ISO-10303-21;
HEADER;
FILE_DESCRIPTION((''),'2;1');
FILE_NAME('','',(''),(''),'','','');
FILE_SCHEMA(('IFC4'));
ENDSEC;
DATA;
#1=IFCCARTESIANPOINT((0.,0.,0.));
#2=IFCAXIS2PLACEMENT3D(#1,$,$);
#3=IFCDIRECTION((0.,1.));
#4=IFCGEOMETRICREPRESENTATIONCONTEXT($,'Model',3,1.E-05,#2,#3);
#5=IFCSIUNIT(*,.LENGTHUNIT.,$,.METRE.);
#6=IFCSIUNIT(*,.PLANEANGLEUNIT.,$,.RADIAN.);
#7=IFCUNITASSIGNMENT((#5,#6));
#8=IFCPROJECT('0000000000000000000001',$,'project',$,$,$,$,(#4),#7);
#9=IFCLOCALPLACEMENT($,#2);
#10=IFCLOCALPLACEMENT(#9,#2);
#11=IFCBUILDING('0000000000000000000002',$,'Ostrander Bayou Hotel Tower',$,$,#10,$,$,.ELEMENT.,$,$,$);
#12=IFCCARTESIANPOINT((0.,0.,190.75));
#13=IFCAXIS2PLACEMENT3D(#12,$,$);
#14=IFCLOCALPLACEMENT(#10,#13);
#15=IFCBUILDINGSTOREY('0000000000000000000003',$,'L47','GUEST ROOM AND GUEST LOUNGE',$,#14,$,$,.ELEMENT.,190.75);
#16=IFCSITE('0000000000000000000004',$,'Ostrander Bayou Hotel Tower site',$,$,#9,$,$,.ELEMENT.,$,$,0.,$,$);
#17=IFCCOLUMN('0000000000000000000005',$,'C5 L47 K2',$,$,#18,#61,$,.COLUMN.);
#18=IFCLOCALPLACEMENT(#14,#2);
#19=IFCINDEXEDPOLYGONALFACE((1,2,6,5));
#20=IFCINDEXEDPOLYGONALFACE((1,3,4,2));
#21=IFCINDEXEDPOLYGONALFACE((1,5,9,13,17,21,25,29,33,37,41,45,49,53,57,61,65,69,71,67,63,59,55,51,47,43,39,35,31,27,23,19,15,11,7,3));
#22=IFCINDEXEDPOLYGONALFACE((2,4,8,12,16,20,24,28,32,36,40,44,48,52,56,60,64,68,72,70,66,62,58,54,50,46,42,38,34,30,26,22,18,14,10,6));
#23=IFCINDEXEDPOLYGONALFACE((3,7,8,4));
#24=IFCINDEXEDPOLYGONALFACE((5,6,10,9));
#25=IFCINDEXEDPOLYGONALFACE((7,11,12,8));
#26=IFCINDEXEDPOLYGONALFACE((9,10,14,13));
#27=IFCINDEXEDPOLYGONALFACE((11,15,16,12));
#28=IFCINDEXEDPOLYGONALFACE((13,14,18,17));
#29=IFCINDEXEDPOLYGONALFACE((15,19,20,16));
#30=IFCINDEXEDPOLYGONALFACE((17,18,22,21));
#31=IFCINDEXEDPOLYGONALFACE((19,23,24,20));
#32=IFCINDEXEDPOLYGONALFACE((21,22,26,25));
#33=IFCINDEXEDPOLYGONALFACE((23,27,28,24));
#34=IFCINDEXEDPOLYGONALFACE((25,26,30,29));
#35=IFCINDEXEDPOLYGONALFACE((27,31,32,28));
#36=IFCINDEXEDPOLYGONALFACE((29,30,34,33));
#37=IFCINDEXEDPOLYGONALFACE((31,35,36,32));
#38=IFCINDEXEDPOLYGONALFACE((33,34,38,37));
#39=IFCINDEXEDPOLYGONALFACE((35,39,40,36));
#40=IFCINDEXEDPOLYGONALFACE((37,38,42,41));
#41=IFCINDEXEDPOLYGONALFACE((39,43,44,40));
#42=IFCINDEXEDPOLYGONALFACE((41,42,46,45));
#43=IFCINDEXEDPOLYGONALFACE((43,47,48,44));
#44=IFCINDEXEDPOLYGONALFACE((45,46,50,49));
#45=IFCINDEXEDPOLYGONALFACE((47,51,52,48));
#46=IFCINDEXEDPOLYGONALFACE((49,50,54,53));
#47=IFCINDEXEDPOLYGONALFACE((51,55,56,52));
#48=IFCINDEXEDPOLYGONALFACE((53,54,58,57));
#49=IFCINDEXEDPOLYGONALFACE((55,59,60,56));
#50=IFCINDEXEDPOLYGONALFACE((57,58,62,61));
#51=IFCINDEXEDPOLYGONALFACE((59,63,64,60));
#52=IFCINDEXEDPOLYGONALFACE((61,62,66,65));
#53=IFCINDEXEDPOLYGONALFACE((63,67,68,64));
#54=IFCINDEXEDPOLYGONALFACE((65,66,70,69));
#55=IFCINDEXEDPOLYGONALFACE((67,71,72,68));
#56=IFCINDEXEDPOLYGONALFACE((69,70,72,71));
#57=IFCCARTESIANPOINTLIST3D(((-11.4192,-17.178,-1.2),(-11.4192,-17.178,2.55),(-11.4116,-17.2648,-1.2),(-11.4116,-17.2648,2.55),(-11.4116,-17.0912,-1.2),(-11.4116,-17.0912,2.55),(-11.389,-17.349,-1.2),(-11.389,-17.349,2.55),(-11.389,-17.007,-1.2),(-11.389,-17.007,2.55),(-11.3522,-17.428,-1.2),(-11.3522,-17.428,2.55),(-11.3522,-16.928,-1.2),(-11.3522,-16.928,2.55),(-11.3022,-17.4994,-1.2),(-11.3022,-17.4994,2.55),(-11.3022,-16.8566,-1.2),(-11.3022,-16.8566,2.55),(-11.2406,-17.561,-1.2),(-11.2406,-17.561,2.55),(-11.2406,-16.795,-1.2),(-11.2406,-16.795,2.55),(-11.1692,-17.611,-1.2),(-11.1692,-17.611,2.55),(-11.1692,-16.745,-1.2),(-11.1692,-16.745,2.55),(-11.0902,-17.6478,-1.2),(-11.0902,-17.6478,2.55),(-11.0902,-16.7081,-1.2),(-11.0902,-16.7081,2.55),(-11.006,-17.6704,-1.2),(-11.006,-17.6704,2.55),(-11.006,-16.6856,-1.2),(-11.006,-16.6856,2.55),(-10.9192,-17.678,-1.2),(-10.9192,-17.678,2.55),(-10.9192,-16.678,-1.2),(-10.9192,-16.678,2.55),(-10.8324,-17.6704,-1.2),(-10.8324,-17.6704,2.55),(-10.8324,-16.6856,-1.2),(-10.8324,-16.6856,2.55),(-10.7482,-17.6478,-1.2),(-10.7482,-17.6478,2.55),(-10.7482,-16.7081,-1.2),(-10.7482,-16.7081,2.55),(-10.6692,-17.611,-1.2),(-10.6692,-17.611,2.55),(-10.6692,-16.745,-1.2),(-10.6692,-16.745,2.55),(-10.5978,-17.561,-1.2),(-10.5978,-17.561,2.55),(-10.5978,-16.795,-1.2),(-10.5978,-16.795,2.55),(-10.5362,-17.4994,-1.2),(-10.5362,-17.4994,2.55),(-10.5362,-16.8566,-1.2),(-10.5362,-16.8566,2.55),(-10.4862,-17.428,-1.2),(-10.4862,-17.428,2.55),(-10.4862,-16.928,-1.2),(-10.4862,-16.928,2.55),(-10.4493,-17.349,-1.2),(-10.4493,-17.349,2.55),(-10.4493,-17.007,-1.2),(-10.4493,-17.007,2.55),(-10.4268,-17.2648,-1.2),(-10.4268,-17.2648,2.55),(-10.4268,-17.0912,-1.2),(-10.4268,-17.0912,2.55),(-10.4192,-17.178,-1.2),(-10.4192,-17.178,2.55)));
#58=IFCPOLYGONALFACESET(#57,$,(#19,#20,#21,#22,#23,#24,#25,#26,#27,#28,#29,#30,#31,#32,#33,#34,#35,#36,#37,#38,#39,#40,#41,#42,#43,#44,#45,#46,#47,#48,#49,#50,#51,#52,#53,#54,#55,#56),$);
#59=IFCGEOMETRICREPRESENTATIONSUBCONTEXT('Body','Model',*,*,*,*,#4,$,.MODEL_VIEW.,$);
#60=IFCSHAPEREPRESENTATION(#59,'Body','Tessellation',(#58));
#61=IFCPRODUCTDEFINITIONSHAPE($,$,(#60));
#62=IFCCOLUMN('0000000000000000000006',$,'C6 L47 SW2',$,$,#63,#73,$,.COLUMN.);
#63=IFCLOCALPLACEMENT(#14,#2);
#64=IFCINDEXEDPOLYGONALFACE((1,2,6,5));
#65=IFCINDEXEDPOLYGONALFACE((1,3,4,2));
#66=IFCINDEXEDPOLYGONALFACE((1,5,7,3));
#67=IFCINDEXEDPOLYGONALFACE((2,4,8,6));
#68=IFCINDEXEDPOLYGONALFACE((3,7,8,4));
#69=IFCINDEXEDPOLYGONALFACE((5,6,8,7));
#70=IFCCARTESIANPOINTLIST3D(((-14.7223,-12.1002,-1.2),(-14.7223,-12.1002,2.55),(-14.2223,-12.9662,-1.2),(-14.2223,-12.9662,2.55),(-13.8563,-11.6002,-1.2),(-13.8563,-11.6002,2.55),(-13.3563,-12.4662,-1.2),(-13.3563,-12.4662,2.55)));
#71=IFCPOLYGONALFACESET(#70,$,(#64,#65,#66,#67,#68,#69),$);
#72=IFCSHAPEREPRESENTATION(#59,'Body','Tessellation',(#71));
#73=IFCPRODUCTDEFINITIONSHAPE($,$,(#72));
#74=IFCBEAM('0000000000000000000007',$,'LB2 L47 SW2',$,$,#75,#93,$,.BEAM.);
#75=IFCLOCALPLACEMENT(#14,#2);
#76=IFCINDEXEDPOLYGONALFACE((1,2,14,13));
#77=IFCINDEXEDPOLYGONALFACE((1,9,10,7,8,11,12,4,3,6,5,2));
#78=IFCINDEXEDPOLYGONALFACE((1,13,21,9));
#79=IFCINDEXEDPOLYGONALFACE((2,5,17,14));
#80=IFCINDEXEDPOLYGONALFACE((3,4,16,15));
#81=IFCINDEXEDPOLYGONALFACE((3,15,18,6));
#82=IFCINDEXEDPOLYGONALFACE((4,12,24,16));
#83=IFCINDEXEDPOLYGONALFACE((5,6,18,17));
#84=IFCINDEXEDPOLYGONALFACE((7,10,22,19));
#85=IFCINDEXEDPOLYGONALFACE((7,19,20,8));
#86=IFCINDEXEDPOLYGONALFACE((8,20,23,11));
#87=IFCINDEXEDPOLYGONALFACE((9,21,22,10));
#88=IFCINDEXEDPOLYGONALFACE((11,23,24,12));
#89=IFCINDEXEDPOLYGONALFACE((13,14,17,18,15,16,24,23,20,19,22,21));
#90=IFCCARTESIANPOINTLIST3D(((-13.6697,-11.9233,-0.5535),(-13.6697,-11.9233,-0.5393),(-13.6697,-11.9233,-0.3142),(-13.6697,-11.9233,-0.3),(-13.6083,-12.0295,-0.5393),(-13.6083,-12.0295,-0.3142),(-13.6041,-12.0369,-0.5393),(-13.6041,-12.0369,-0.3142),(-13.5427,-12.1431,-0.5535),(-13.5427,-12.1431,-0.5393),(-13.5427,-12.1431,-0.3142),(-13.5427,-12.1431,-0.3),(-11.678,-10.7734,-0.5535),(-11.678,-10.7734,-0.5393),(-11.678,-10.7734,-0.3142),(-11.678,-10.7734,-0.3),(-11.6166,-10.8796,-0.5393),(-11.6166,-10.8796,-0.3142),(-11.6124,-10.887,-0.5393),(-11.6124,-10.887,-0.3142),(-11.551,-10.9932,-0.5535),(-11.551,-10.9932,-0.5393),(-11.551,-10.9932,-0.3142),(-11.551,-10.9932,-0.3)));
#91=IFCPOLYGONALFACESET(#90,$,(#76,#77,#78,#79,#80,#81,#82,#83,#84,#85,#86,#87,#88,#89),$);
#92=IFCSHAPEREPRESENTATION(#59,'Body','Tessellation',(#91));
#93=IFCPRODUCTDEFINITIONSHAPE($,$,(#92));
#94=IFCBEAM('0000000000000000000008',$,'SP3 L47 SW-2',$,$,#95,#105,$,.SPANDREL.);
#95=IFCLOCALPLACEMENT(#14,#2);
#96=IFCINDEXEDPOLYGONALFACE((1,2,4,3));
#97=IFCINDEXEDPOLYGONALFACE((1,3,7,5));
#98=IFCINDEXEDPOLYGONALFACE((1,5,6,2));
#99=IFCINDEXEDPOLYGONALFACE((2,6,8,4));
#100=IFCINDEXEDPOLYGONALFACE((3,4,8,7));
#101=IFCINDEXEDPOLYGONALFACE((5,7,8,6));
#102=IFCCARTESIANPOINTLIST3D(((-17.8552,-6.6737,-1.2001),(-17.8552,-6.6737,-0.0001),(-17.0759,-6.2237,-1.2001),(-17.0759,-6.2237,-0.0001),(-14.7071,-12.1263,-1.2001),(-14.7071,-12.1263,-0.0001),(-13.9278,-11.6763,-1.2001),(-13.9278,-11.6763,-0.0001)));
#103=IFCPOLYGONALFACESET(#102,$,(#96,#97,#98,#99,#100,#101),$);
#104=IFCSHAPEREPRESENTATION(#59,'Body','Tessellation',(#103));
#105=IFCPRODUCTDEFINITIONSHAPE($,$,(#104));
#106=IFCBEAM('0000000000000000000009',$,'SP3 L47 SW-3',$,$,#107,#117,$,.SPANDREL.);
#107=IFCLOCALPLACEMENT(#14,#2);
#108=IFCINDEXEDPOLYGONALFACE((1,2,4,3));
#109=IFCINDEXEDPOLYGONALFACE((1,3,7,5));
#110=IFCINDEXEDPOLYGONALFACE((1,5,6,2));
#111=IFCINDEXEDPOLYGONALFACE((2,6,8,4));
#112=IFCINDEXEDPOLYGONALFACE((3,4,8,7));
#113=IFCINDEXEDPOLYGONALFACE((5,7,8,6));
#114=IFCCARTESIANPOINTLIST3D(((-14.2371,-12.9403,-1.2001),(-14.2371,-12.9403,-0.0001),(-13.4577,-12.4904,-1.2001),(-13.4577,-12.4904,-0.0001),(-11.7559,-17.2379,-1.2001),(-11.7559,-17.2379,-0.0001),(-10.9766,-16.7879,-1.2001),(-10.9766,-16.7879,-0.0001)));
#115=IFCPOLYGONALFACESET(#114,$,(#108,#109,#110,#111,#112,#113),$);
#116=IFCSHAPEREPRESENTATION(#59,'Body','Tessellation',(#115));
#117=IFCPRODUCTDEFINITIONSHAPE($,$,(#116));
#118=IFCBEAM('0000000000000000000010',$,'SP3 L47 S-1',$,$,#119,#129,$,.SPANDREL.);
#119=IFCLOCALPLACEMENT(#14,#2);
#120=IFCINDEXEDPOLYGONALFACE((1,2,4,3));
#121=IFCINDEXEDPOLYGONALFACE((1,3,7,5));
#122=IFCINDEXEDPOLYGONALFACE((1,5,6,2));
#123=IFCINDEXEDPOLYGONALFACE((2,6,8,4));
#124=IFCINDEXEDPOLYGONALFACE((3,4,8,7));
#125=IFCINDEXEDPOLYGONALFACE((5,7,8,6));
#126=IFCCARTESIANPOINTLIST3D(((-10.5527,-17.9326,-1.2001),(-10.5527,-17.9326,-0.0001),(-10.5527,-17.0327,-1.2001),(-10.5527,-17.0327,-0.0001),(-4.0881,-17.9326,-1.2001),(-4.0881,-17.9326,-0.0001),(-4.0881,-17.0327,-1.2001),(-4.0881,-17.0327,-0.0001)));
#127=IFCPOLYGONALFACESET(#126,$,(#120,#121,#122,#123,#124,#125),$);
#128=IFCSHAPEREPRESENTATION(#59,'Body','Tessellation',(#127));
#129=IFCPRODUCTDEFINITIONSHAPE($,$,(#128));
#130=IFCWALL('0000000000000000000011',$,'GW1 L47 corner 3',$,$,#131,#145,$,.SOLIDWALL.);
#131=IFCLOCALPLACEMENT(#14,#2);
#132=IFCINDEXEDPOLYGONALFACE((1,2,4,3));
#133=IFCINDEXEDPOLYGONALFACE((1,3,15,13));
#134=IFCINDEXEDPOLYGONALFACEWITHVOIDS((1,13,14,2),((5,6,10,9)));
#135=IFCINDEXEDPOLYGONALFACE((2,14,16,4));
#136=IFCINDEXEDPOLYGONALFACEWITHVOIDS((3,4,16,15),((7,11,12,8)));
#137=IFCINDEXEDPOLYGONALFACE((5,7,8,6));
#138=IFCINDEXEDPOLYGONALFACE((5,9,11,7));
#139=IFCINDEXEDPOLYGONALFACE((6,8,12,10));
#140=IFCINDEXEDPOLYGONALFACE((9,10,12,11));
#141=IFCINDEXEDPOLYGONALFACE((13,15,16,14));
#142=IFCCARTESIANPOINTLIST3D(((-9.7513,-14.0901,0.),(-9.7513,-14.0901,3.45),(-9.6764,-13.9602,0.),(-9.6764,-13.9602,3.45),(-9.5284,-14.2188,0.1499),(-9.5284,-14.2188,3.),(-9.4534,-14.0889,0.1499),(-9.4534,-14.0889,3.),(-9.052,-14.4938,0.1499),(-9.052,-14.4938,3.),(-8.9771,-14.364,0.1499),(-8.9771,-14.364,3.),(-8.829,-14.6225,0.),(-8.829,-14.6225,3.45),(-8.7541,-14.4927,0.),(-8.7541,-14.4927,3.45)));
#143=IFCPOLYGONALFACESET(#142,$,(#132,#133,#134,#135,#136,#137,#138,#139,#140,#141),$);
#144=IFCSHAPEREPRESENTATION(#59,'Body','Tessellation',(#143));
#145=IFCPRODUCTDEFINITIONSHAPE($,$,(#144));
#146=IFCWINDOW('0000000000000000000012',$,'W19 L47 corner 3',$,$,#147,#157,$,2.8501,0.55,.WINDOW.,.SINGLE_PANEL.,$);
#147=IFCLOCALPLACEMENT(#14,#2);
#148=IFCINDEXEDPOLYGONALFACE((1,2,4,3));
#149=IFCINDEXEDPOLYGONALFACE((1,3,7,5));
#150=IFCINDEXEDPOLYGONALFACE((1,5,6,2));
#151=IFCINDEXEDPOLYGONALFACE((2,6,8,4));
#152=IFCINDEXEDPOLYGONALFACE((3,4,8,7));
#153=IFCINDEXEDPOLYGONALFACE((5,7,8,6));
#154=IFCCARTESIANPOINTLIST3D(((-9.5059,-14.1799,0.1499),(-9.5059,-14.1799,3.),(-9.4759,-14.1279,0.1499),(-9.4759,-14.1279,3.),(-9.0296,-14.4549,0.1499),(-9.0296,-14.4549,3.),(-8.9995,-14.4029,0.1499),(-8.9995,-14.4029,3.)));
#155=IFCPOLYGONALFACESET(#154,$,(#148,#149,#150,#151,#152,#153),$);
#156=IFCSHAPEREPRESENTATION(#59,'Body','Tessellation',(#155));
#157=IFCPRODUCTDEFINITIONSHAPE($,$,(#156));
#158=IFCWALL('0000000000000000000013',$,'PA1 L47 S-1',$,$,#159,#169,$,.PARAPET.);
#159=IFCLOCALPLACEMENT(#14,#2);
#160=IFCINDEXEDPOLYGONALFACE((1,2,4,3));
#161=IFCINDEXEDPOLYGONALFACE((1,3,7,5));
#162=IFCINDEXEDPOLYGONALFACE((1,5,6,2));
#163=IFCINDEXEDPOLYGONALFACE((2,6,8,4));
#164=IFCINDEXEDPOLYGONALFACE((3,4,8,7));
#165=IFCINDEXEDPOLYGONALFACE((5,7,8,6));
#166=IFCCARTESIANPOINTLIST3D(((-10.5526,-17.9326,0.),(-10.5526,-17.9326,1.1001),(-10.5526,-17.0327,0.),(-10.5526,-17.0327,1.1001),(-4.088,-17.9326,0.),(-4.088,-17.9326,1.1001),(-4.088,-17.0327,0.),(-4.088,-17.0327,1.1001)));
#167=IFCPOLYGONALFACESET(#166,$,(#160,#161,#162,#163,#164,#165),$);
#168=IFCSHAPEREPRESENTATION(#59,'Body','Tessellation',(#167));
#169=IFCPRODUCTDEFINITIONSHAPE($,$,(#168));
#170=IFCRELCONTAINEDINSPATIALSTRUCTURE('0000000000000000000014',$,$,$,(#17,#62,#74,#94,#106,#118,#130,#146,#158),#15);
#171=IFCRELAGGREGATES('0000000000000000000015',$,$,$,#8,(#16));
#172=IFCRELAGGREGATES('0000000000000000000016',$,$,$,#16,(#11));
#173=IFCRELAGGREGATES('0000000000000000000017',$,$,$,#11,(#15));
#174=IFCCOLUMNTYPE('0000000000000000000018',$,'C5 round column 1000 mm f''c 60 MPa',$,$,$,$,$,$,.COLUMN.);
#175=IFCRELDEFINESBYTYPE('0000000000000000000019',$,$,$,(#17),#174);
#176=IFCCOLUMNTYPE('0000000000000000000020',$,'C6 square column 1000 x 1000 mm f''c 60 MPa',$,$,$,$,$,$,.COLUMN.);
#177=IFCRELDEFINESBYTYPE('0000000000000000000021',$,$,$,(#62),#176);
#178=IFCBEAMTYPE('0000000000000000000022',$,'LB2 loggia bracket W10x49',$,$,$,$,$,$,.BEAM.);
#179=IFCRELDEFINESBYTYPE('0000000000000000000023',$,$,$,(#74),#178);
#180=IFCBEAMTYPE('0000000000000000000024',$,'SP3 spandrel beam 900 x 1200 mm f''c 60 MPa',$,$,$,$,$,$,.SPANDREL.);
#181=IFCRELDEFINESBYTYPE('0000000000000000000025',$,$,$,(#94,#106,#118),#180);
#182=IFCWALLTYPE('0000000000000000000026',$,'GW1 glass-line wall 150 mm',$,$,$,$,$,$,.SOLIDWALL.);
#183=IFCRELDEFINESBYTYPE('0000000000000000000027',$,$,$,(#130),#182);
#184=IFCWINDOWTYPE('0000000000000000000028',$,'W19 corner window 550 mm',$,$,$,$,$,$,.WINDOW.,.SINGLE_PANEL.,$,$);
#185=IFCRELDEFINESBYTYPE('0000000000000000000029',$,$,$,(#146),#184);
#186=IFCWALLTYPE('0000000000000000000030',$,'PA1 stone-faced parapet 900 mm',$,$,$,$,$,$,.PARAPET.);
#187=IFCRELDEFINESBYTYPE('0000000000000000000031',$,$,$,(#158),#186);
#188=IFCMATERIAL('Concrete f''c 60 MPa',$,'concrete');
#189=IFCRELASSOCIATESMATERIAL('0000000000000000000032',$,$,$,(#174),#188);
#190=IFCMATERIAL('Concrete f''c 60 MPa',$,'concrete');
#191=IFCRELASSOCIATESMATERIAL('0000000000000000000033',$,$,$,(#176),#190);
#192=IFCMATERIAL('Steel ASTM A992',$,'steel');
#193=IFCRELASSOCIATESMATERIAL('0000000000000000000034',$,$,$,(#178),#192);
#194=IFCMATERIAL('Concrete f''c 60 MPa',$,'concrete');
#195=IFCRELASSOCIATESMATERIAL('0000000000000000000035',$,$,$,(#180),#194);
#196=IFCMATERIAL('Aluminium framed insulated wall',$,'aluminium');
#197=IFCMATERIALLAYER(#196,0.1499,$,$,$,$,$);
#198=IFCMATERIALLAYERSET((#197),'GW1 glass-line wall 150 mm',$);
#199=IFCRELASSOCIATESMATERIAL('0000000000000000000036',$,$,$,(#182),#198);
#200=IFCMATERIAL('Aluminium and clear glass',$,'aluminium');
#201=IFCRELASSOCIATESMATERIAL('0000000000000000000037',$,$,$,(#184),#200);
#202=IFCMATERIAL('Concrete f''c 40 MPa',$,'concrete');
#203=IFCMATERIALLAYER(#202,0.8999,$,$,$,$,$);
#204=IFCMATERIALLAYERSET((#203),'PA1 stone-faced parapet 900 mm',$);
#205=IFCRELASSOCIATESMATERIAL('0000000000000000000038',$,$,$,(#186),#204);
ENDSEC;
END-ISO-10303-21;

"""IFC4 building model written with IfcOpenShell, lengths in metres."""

from ifc_helpers import new_model, si_unit, direction, frame, frame_2d, origin, origin_2d, place, context, subcontext, project, spatial, rectangle, circle, i_section, extrude, material, layer, layer_set, material_profile, profile_set, type_object, element, fill, save


model = new_model("IFC4")

# Units and contexts
model_context = context("Model", 3, precision=1e-05, world=origin(), true_north=direction((0.0, 1.0)))
body_context = subcontext(model_context, "Body", "Model", "MODEL_VIEW")
ifc_project = project(units=[si_unit("LENGTHUNIT", "METRE"), si_unit("PLANEANGLEUNIT", "RADIAN")], contexts=[model_context])

# Site, building, storey
site_placement = place(None, origin())
site = spatial("IfcSite", under=ifc_project, at=site_placement, Name="Ostrander Bayou Hotel Tower site", CompositionType="ELEMENT", RefElevation=0.0)
building_placement = place(site_placement, origin())
building = spatial("IfcBuilding", under=site, at=building_placement, Name="Ostrander Bayou Hotel Tower", CompositionType="ELEMENT")
storey_placement = place(building_placement, frame((0.0, 0.0, 190.75)))
storey = spatial("IfcBuildingStorey", under=building, at=storey_placement, Name="L47", Description="GUEST ROOM AND GUEST LOUNGE", CompositionType="ELEMENT", Elevation=190.75)

# Columns
ifc_material_1 = material(Name="Concrete f'c 60 MPa", Category="concrete")
ifc_material_profile_1 = material_profile(ifc_material_1, circle(Radius=0.5, at=origin_2d()))
ifc_profile_set_1 = profile_set([ifc_material_profile_1], Name="Concrete f'c 60 MPa")
column_type_1 = type_object("IfcColumnType", Name="C5 round column 1000 mm f'c 60 MPa", PredefinedType="COLUMN", material=ifc_profile_set_1)
column_1_placement = place(storey_placement, frame((-10.9192, -17.178, -1.2), z_axis=(0.0, 0.0, 1.0), x_axis=(1.0, 0.0, 0.0)))
element("IfcColumn", 1, at=column_1_placement, inside=storey, type_object=column_type_1, Name="C5 L47 K2", PredefinedType="COLUMN", context=body_context, shape_type="SweptSolid", body=[
    extrude(circle(Radius=0.5, at=origin_2d()), origin(), (0.0, 0.0, 1.0), 3.75),
])
ifc_material_2 = material(Name="Concrete f'c 60 MPa", Category="concrete")
ifc_material_profile_2 = material_profile(ifc_material_2, rectangle(XDim=1.0, YDim=1.0, at=origin_2d()))
ifc_profile_set_2 = profile_set([ifc_material_profile_2], Name="Concrete f'c 60 MPa")
column_type_2 = type_object("IfcColumnType", Name="C6 square column 1000 x 1000 mm f'c 60 MPa", PredefinedType="COLUMN", material=ifc_profile_set_2)
column_2_placement = place(storey_placement, frame((-14.0393, -12.2832, -1.2), z_axis=(0.0, 0.0, 1.0), x_axis=(-0.5, 0.866025, 0.0)))
element("IfcColumn", 2, at=column_2_placement, inside=storey, type_object=column_type_2, Name="C6 L47 SW2", PredefinedType="COLUMN", context=body_context, shape_type="SweptSolid", body=[
    extrude(rectangle(XDim=1.0, YDim=1.0, at=origin_2d()), origin(), (0.0, 0.0, 1.0), 3.75),
])

# Beams
ifc_material_3 = material(Name="Steel ASTM A992", Category="steel")
ifc_material_profile_3 = material_profile(ifc_material_3, i_section(OverallWidth=0.2539, OverallDepth=0.2534, WebThickness=0.0085, FlangeThickness=0.0142, at=origin_2d()))
ifc_profile_set_3 = profile_set([ifc_material_profile_3], Name="Steel ASTM A992")
beam_type_1 = type_object("IfcBeamType", Name="LB2 loggia bracket W10x49", PredefinedType="BEAM", material=ifc_profile_set_3)
beam_1_placement = place(storey_placement, frame((-13.6062, -12.0332, -0.4268), z_axis=(0.866026, 0.499998, 0.0), x_axis=(-0.499998, 0.866026, 0.0)))
element("IfcBeam", 3, at=beam_1_placement, inside=storey, type_object=beam_type_1, Name="LB2 L47 SW2", PredefinedType="BEAM", context=body_context, shape_type="SweptSolid", body=[
    extrude(i_section(OverallWidth=0.2539, OverallDepth=0.2534, WebThickness=0.0085, FlangeThickness=0.0142, at=origin_2d()), origin(), (0.0, 0.0, 1.0), 2.2998),
])
ifc_material_4 = material(Name="Concrete f'c 60 MPa", Category="concrete")
ifc_material_profile_4 = material_profile(ifc_material_4, rectangle(XDim=0.8999, YDim=1.2, at=origin_2d()))
ifc_profile_set_4 = profile_set([ifc_material_profile_4], Name="Concrete f'c 60 MPa")
beam_type_2 = type_object("IfcBeamType", Name="SP3 spandrel beam 900 x 1200 mm f'c 60 MPa", PredefinedType="SPANDREL", material=ifc_profile_set_4)
beam_2_placement = place(storey_placement, frame((-17.4656, -6.4487, -0.6001), z_axis=(0.500013, -0.866018, 0.0), x_axis=(0.866018, 0.500013, 0.0)))
element("IfcBeam", 4, at=beam_2_placement, inside=storey, type_object=beam_type_2, Name="SP3 L47 SW-2", PredefinedType="SPANDREL", context=body_context, shape_type="SweptSolid", body=[
    extrude(rectangle(XDim=0.8999, YDim=1.2, at=origin_2d()), origin(), (0.0, 0.0, 1.0), 6.2961),
])
beam_3_placement = place(storey_placement, frame((-13.8474, -12.7153, -0.6001), z_axis=(0.499996, -0.866027, 0.0), x_axis=(0.866027, 0.499996, 0.0)))
element("IfcBeam", 5, at=beam_3_placement, inside=storey, type_object=beam_type_2, Name="SP3 L47 SW-3", PredefinedType="SPANDREL", context=body_context, shape_type="SweptSolid", body=[
    extrude(rectangle(XDim=0.8999, YDim=1.2, at=origin_2d()), origin(), (0.0, 0.0, 1.0), 4.9624),
])
beam_4_placement = place(storey_placement, frame((-10.5527, -17.4827, -0.6001), z_axis=(1.0, 0.0, 0.0), x_axis=(0.0, 1.0, 0.0)))
element("IfcBeam", 6, at=beam_4_placement, inside=storey, type_object=beam_type_2, Name="SP3 L47 S-1", PredefinedType="SPANDREL", context=body_context, shape_type="SweptSolid", body=[
    extrude(rectangle(XDim=0.8999, YDim=1.2, at=origin_2d()), origin(), (0.0, 0.0, 1.0), 6.4646),
])

# Wall, opening, window
ifc_material_5 = material(Name="Aluminium framed insulated wall", Category="aluminium")
ifc_layer_1 = layer(ifc_material_5, 0.1499)
ifc_layer_set_1 = layer_set([ifc_layer_1], Name="GW1 glass-line wall 150 mm")
wall_type_1 = type_object("IfcWallType", Name="GW1 glass-line wall 150 mm", PredefinedType="SOLIDWALL", material=ifc_layer_set_1)
wall_1_placement = place(storey_placement, frame((-9.7139, -14.0251, 0.0), z_axis=(0.0, 0.0, 1.0), x_axis=(0.866048, -0.499961, 0.0)))
wall_1 = element("IfcWall", 7, at=wall_1_placement, inside=storey, type_object=wall_type_1, Name="GW1 L47 corner 3", PredefinedType="SOLIDWALL", context=body_context, shape_type="SweptSolid", body=[
    extrude(rectangle(XDim=1.0649, YDim=0.1499, at=frame_2d((0.5325, 0.0))), origin(), (0.0, 0.0, 1.0), 3.45),
])
opening_placement = place(wall_1_placement, frame((0.2576, 0.0, 0.1499)))
opening = element("IfcOpeningElement", 8, at=opening_placement, cuts=wall_1, PredefinedType="OPENING", context=body_context, shape_type="SweptSolid", body=[
    extrude(rectangle(XDim=0.55, YDim=2.8501, at=frame_2d((0.2749, 1.425))), frame((0.0, 0.075, 0.0), z_axis=(0.0, -1.0, 0.0), x_axis=(1.0, 0.0, 0.0)), (0.0, 0.0, 1.0), 0.1499),
])
ifc_material_6 = material(Name="Aluminium and clear glass", Category="aluminium")
window_type = type_object("IfcWindowType", Name="W19 corner window 550 mm", PartitioningType="SINGLE_PANEL", PredefinedType="WINDOW", material=ifc_material_6)
window_placement = place(opening_placement, origin())
window = element("IfcWindow", 9, at=window_placement, inside=storey, type_object=window_type, Name="W19 L47 corner 3", OverallHeight=2.8501, OverallWidth=0.55, PartitioningType="SINGLE_PANEL", PredefinedType="WINDOW", context=body_context, shape_type="SweptSolid", body=[
    extrude(rectangle(XDim=0.55, YDim=2.8501, at=frame_2d((0.2749, 1.425))), frame((0.0, 0.03, 0.0), z_axis=(0.0, -1.0, 0.0), x_axis=(1.0, 0.0, 0.0)), (0.0, 0.0, 1.0), 0.0601),
])
fill(opening, window)

# Wall
ifc_material_7 = material(Name="Concrete f'c 40 MPa", Category="concrete")
ifc_layer_2 = layer(ifc_material_7, 0.8999)
ifc_layer_set_2 = layer_set([ifc_layer_2], Name="PA1 stone-faced parapet 900 mm")
wall_type_2 = type_object("IfcWallType", Name="PA1 stone-faced parapet 900 mm", PredefinedType="PARAPET", material=ifc_layer_set_2)
wall_2_placement = place(storey_placement, frame((-10.5527, -17.4827, 0.0), z_axis=(0.0, 0.0, 1.0), x_axis=(1.0, 0.0, 0.0)))
element("IfcWall", 10, at=wall_2_placement, inside=storey, type_object=wall_type_2, Name="PA1 L47 S-1", PredefinedType="PARAPET", context=body_context, shape_type="SweptSolid", body=[
    extrude(rectangle(XDim=6.4646, YDim=0.8999, at=frame_2d((3.2324, 0.0))), origin(), (0.0, 0.0, 1.0), 1.1001),
])

save(model, "model.ifc")
